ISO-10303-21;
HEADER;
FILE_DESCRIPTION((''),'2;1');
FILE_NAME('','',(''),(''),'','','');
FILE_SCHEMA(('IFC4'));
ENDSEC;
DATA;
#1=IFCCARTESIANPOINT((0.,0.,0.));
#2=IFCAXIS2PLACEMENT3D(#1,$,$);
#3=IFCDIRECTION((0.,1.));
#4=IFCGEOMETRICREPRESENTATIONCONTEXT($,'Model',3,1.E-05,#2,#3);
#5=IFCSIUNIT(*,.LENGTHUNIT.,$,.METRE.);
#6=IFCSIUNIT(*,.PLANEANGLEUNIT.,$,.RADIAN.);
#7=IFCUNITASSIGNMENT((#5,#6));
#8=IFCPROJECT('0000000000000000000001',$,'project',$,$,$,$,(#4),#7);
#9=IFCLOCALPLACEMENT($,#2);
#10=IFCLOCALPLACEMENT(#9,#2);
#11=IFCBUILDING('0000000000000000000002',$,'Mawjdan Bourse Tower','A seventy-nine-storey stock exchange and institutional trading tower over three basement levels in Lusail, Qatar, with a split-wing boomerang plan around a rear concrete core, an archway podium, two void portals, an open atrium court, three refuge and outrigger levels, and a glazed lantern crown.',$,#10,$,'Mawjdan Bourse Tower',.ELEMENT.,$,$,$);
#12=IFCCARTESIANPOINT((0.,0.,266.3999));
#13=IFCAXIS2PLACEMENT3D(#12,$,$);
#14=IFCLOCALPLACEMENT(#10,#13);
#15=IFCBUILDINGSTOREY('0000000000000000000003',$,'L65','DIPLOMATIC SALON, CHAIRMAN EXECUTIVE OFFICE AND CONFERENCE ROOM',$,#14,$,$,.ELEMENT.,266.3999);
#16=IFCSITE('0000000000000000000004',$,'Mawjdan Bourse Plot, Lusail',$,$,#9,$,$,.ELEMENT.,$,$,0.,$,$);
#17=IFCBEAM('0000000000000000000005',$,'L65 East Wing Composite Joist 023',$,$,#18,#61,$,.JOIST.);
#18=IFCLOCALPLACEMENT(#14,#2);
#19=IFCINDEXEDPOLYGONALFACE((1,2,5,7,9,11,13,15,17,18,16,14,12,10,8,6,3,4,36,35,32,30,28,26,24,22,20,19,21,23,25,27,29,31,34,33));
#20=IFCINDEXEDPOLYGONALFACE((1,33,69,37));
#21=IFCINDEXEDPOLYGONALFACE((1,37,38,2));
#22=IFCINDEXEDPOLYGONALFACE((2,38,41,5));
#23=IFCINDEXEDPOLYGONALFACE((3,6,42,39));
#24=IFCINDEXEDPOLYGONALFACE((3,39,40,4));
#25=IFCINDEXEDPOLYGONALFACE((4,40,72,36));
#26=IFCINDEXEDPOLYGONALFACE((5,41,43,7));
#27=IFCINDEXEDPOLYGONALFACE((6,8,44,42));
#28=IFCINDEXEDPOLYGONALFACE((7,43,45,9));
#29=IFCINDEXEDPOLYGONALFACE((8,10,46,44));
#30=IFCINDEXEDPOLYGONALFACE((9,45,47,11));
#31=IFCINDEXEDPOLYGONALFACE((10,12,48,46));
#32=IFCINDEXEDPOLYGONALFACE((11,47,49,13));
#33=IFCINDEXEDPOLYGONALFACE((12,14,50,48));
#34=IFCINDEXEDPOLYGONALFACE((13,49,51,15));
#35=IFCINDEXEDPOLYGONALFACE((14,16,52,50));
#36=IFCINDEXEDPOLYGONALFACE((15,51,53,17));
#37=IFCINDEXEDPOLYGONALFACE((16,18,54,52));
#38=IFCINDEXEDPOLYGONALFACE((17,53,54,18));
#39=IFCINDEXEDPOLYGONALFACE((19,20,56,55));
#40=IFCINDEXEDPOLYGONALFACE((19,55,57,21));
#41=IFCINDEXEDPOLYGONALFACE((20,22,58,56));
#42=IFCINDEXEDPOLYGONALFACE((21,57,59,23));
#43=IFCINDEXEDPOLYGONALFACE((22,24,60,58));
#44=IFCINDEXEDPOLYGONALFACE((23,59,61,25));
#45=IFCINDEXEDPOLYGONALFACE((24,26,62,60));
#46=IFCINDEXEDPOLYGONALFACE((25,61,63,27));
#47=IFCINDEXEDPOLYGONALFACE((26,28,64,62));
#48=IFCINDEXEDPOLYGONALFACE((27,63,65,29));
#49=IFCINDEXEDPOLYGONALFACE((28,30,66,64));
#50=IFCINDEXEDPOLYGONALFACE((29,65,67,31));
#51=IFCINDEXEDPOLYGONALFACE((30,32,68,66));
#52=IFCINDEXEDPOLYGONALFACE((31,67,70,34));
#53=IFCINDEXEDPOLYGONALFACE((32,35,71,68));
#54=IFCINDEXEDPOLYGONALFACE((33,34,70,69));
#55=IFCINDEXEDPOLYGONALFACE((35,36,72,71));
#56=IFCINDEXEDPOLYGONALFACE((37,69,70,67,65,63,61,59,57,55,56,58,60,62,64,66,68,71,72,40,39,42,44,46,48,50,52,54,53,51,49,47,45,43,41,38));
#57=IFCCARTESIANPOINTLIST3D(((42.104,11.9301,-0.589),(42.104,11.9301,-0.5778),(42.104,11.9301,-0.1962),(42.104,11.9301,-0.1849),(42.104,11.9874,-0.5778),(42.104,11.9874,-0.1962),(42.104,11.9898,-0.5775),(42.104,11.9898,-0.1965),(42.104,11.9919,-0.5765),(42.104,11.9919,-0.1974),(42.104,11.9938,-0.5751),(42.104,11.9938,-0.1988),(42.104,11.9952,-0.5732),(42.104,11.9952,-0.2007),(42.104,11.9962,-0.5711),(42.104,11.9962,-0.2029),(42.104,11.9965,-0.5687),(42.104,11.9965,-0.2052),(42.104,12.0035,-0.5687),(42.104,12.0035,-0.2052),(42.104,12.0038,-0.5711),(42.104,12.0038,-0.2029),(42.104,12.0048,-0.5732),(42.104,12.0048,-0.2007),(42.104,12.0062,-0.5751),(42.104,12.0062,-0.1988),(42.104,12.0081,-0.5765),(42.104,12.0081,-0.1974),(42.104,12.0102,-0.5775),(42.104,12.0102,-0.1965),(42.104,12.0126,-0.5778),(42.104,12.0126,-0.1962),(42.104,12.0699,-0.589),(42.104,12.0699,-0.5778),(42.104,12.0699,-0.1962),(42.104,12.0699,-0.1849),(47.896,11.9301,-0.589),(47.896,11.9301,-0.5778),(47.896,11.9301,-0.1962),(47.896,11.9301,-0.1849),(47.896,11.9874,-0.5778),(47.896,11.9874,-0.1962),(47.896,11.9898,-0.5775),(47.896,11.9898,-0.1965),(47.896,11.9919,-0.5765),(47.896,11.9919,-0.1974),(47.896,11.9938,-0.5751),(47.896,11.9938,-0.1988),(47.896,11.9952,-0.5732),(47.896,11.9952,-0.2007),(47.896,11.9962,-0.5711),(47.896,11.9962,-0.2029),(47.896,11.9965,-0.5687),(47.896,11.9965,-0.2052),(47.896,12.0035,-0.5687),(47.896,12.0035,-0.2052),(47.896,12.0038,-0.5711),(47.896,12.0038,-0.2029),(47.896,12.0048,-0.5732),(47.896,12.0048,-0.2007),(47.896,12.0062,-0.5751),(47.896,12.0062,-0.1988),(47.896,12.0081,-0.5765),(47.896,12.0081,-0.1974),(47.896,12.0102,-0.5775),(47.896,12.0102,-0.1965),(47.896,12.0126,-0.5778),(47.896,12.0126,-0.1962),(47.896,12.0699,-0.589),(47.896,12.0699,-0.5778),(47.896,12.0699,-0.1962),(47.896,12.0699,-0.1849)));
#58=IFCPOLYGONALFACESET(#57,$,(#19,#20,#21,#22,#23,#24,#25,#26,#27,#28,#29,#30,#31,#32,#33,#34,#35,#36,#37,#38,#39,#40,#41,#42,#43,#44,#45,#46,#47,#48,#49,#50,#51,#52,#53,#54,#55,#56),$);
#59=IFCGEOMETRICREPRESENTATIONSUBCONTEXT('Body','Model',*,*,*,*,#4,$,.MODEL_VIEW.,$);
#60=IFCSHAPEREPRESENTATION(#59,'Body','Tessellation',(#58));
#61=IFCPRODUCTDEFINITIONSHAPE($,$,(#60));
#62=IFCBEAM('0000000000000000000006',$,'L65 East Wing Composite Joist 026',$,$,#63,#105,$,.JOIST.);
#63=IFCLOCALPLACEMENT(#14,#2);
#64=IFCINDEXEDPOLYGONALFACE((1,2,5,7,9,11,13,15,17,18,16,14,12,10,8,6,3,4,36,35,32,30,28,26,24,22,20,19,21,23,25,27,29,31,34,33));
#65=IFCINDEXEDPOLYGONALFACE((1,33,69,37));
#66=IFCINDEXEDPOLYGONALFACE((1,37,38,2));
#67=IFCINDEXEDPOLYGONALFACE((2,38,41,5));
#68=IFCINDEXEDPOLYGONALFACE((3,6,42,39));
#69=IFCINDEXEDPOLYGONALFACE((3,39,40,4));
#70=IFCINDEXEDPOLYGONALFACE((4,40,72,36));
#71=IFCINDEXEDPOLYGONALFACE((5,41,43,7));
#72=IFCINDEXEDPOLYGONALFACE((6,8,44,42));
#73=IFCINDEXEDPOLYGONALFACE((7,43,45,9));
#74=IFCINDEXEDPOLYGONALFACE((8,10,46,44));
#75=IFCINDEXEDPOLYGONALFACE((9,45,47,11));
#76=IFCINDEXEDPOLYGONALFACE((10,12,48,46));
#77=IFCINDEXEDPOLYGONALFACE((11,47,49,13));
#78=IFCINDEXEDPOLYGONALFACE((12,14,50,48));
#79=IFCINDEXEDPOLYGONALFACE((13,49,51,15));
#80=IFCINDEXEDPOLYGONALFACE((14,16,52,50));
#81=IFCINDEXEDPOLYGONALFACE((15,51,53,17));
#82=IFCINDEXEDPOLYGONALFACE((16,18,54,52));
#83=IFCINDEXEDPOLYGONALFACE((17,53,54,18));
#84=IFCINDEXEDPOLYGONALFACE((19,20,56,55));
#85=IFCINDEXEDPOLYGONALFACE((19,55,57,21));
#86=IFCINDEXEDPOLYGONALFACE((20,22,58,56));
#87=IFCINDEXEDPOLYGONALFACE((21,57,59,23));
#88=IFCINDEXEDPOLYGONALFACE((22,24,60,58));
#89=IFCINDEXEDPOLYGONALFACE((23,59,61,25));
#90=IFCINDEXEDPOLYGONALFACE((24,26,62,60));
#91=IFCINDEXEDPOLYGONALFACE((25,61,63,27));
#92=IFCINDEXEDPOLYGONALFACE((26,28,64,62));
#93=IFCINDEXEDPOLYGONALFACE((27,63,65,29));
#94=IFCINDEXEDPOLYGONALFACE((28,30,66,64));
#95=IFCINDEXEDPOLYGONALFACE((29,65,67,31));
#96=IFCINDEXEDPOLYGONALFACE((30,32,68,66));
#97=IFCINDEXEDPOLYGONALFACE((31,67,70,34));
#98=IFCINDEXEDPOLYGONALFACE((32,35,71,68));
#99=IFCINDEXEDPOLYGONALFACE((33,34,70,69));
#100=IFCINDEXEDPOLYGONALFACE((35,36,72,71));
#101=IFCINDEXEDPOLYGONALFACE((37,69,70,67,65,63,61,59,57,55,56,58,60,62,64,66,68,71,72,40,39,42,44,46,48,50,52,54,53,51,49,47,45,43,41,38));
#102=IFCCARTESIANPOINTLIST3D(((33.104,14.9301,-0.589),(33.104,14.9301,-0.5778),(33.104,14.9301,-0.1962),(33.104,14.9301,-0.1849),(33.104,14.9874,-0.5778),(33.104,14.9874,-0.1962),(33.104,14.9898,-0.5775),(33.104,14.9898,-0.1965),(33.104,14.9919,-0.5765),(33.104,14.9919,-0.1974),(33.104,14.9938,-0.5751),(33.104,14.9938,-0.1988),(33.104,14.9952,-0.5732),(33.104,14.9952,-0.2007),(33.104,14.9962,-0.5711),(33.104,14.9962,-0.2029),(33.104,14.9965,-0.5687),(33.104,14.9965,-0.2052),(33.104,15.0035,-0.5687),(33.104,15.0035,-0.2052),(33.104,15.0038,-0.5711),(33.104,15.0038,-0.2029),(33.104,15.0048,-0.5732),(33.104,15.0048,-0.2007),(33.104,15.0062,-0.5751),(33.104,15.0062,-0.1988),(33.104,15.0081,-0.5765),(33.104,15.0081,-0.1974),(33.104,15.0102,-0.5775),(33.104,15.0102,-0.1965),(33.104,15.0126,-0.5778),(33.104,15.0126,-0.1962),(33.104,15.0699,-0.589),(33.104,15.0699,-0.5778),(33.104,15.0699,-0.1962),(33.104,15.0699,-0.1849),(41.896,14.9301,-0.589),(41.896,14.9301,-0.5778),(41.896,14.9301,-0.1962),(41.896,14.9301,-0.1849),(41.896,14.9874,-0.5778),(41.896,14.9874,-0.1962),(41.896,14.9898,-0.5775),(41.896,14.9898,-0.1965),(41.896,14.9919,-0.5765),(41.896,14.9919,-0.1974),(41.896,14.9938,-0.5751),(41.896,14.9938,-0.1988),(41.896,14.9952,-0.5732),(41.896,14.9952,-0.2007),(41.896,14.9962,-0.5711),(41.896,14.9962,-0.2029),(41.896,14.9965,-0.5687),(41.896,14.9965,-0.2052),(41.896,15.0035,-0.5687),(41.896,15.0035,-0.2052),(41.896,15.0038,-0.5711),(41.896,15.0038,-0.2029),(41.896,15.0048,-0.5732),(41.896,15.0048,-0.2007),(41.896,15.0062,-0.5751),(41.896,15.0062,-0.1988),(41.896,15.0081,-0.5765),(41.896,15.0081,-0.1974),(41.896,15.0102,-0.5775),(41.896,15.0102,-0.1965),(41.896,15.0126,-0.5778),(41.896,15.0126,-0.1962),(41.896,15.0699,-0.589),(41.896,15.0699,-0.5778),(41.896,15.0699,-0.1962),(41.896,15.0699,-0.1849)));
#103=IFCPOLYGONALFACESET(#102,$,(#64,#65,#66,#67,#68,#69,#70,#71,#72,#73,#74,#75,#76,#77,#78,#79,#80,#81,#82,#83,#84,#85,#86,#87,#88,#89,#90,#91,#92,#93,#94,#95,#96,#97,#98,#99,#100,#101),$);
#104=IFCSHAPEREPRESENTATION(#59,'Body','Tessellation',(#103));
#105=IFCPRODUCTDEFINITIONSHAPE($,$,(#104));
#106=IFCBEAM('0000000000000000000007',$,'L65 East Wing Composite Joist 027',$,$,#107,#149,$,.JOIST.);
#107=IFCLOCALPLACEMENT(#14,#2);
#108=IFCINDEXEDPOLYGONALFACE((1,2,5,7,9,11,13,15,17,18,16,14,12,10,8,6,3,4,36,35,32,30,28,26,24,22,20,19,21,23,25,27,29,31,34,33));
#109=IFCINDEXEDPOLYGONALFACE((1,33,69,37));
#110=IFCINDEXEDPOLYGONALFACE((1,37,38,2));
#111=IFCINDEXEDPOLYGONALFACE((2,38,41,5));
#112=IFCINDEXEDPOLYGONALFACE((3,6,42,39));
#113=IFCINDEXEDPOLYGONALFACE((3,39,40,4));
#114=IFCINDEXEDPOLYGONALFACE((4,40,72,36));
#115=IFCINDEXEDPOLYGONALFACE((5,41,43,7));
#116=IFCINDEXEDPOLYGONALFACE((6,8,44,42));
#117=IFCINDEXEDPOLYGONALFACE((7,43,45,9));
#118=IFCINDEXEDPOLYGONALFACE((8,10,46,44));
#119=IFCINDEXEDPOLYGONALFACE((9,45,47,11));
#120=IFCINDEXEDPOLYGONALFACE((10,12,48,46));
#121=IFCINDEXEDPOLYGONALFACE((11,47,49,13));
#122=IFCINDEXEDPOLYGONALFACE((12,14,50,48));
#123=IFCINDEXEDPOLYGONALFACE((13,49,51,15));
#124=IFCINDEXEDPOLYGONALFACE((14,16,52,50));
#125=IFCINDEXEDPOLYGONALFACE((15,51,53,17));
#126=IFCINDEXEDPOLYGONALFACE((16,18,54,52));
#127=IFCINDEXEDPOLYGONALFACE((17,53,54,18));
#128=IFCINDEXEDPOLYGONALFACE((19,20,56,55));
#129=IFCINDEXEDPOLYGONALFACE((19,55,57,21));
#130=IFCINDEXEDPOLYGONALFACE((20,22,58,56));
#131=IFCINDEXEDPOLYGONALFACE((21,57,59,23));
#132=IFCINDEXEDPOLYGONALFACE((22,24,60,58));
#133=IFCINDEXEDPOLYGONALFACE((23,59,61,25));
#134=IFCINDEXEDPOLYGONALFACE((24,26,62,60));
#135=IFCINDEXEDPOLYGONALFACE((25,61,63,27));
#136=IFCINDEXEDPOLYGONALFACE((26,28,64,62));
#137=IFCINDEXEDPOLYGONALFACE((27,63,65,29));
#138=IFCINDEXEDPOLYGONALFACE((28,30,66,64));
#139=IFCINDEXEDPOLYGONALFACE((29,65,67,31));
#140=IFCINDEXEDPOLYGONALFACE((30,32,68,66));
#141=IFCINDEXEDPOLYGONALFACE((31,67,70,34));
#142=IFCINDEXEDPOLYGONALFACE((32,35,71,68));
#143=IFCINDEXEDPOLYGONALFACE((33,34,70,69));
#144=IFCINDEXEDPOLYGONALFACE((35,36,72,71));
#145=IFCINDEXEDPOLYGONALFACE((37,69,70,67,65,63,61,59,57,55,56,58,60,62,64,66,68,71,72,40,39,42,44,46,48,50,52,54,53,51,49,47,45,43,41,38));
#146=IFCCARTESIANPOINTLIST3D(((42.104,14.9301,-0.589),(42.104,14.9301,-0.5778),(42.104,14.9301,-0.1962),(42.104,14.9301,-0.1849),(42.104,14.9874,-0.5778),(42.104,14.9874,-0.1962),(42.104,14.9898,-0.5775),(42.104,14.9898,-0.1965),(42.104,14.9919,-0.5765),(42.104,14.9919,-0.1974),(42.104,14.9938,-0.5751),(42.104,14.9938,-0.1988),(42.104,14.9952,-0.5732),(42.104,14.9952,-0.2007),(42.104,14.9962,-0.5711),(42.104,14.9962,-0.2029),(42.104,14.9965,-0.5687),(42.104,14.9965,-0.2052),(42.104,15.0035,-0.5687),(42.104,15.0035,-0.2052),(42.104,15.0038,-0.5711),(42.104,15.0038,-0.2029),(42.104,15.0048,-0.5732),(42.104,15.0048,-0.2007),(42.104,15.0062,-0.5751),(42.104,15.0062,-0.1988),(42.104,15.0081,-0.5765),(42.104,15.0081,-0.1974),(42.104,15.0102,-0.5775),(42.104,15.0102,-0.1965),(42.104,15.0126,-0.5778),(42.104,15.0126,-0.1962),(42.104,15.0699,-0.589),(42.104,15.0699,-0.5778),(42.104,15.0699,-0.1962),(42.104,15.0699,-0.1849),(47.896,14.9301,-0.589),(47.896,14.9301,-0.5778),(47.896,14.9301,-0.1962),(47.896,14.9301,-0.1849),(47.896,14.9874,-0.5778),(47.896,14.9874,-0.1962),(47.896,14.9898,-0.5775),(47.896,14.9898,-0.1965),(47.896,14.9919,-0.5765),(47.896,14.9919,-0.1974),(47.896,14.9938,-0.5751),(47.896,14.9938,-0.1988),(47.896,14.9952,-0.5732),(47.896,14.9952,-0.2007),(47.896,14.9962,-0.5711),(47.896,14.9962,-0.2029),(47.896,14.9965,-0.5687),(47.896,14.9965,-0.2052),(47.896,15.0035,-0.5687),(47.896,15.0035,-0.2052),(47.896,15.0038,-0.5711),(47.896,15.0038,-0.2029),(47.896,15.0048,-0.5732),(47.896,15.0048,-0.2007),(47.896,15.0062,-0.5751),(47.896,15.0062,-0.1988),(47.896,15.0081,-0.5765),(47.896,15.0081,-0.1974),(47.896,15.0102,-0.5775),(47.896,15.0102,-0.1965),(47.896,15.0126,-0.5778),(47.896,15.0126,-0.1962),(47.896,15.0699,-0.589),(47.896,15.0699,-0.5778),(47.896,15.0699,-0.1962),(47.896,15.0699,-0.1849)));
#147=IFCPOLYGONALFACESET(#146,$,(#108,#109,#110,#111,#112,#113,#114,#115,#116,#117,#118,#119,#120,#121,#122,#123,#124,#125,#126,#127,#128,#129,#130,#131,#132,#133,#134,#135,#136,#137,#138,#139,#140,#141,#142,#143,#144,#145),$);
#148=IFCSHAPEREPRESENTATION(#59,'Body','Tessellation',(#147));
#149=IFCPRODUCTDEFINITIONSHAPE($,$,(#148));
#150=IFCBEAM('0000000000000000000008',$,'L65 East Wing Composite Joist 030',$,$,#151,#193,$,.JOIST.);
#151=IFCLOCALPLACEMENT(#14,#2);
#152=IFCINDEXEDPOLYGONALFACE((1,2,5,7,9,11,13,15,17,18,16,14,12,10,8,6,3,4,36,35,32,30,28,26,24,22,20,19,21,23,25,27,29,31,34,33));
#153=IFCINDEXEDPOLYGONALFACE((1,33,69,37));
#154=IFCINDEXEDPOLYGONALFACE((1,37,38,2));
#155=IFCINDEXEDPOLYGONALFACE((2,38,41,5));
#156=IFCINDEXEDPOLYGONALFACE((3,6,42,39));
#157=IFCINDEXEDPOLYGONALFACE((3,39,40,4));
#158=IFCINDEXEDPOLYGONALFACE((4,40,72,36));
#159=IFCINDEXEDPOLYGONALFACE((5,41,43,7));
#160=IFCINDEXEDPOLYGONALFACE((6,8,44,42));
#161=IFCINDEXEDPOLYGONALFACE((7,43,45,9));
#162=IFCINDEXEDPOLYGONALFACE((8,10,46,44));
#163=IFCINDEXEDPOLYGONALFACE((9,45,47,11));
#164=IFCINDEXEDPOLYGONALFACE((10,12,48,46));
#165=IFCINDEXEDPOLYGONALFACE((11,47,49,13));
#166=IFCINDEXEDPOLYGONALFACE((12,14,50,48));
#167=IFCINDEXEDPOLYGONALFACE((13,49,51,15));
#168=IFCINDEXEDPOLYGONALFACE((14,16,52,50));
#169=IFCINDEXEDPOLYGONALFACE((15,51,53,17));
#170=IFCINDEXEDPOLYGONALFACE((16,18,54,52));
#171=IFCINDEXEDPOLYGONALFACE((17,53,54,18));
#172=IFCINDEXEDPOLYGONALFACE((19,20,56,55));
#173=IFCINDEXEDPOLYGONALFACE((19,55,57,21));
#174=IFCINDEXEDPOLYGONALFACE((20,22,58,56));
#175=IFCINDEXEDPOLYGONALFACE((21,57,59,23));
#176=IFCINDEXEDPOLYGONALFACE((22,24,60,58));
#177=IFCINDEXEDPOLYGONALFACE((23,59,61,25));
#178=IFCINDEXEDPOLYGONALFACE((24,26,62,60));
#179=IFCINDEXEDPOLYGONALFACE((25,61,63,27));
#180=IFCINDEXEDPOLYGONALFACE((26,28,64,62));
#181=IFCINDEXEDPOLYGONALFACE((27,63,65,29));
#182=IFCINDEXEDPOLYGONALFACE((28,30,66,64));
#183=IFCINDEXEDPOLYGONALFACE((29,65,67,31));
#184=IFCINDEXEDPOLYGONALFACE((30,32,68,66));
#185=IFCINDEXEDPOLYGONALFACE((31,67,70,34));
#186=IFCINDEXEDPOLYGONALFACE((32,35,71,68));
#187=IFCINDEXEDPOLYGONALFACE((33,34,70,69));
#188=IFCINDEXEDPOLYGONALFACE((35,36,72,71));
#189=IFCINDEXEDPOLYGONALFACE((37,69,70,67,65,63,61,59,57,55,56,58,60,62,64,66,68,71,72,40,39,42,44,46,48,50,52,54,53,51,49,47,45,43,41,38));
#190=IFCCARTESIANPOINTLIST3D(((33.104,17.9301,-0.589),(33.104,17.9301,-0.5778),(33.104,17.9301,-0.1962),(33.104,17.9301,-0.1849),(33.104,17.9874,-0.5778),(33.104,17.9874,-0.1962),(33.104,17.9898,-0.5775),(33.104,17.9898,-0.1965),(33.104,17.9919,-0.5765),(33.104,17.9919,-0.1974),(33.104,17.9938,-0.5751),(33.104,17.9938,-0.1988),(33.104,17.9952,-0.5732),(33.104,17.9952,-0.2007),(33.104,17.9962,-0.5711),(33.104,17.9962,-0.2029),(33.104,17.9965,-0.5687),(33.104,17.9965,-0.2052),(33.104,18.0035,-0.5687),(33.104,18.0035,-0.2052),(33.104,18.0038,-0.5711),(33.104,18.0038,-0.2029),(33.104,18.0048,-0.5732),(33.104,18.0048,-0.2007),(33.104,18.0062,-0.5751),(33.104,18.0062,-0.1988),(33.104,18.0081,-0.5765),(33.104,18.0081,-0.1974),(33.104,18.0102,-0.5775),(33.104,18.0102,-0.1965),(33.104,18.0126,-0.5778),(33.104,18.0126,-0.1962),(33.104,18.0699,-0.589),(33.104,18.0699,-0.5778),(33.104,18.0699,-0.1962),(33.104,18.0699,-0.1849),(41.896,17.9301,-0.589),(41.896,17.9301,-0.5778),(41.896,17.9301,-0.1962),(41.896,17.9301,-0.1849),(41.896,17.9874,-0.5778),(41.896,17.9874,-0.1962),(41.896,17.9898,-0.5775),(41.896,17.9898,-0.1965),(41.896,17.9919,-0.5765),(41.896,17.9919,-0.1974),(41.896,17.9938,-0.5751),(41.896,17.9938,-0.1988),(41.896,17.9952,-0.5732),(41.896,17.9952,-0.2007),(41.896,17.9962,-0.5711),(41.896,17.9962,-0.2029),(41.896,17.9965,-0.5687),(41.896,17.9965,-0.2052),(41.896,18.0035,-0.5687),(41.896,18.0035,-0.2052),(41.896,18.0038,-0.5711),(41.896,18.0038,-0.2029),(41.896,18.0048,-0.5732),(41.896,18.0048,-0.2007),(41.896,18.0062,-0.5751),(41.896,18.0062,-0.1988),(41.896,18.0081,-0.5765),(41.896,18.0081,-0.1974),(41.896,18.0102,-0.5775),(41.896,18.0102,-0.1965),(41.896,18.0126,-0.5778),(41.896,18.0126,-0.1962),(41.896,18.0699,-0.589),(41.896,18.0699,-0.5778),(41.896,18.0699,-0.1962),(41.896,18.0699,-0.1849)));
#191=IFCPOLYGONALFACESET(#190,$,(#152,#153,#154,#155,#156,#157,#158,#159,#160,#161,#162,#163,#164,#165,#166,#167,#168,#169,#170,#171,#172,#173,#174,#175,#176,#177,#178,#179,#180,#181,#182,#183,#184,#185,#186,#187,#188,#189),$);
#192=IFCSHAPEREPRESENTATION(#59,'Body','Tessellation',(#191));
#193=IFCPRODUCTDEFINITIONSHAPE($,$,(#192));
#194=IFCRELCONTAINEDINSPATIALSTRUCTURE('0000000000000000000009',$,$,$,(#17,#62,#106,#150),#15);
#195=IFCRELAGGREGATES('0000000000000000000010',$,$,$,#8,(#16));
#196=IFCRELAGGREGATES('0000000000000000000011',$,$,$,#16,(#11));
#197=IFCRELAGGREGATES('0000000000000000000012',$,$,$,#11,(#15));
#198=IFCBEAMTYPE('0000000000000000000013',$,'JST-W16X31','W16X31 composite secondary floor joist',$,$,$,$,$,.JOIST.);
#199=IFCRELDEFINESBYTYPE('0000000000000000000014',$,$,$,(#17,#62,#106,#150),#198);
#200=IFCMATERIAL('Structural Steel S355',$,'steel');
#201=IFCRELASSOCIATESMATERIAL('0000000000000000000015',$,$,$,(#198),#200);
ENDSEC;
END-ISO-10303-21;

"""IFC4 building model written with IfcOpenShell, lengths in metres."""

from ifc_helpers import new_model, si_unit, direction, frame, origin, origin_2d, place, context, subcontext, project, spatial, i_section, extrude, material, material_profile, profile_set, type_object, element, save


model = new_model("IFC4")

# Units and contexts
model_context = context("Model", 3, precision=1e-05, world=origin(), true_north=direction((0.0, 1.0)))
body_context = subcontext(model_context, "Body", "Model", "MODEL_VIEW")
ifc_project = project(units=[si_unit("LENGTHUNIT", "METRE"), si_unit("PLANEANGLEUNIT", "RADIAN")], contexts=[model_context])

# Site, building, storey
site_placement = place(None, origin())
site = spatial("IfcSite", under=ifc_project, at=site_placement, Name="Mawjdan Bourse Plot, Lusail", CompositionType="ELEMENT", RefElevation=0.0)
building_placement = place(site_placement, origin())
building = spatial("IfcBuilding", under=site, at=building_placement, Name="Mawjdan Bourse Tower", Description="A seventy-nine-storey stock exchange and institutional trading tower over three basement levels in Lusail, Qatar, with a split-wing boomerang plan around a rear concrete core, an archway podium, two void portals, an open atrium court, three refuge and outrigger levels, and a glazed lantern crown.", LongName="Mawjdan Bourse Tower", CompositionType="ELEMENT")
storey_placement = place(building_placement, frame((0.0, 0.0, 266.3999)))
storey = spatial("IfcBuildingStorey", under=building, at=storey_placement, Name="L65", Description="DIPLOMATIC SALON, CHAIRMAN EXECUTIVE OFFICE AND CONFERENCE ROOM", CompositionType="ELEMENT", Elevation=266.3999)

# Beams
ifc_material_1 = material(Name="Structural Steel S355", Category="steel")
ifc_material_profile_1 = material_profile(ifc_material_1, i_section(OverallWidth=0.1399, OverallDepth=0.4041, WebThickness=0.0071, FlangeThickness=0.0112, FilletRadius=0.009, at=origin_2d()), Name="W16X31")
ifc_profile_set_1 = profile_set([ifc_material_profile_1], Name="Structural Steel S355")
beam_type_1 = type_object("IfcBeamType", Name="JST-W16X31", Description="W16X31 composite secondary floor joist", PredefinedType="JOIST", material=ifc_profile_set_1)
for number, where, z_axis, x_axis, name in (
    (1, (42.104, 12.0, -0.387), (1.0, 0.0, 0.0), (0.0, 1.0, 0.0), "L65 East Wing Composite Joist 023"),
):
    element("IfcBeam", number, at=place(storey_placement, frame(where, z_axis=z_axis, x_axis=x_axis)), inside=storey, type_object=beam_type_1, Name=name, PredefinedType="JOIST", context=body_context, shape_type="SweptSolid", body=[
        extrude(i_section(OverallWidth=0.1399, OverallDepth=0.4041, WebThickness=0.0071, FlangeThickness=0.0112, FilletRadius=0.009, at=origin_2d()), origin(), (0.0, 0.0, 1.0), 5.792),
    ])
beam_1_placement = place(storey_placement, frame((33.104, 15.0, -0.387), z_axis=(1.0, 0.0, 0.0), x_axis=(0.0, 1.0, 0.0)))
element("IfcBeam", 2, at=beam_1_placement, inside=storey, type_object=beam_type_1, Name="L65 East Wing Composite Joist 026", PredefinedType="JOIST", context=body_context, shape_type="SweptSolid", body=[
    extrude(i_section(OverallWidth=0.1399, OverallDepth=0.4041, WebThickness=0.0071, FlangeThickness=0.0112, FilletRadius=0.009, at=origin_2d()), origin(), (0.0, 0.0, 1.0), 8.792),
])
beam_2_placement = place(storey_placement, frame((42.104, 15.0, -0.387), z_axis=(1.0, 0.0, 0.0), x_axis=(0.0, 1.0, 0.0)))
element("IfcBeam", 3, at=beam_2_placement, inside=storey, type_object=beam_type_1, Name="L65 East Wing Composite Joist 027", PredefinedType="JOIST", context=body_context, shape_type="SweptSolid", body=[
    extrude(i_section(OverallWidth=0.1399, OverallDepth=0.4041, WebThickness=0.0071, FlangeThickness=0.0112, FilletRadius=0.009, at=origin_2d()), origin(), (0.0, 0.0, 1.0), 5.792),
])
beam_3_placement = place(storey_placement, frame((33.104, 18.0, -0.387), z_axis=(1.0, 0.0, 0.0), x_axis=(0.0, 1.0, 0.0)))
element("IfcBeam", 4, at=beam_3_placement, inside=storey, type_object=beam_type_1, Name="L65 East Wing Composite Joist 030", PredefinedType="JOIST", context=body_context, shape_type="SweptSolid", body=[
    extrude(i_section(OverallWidth=0.1399, OverallDepth=0.4041, WebThickness=0.0071, FlangeThickness=0.0112, FilletRadius=0.009, at=origin_2d()), origin(), (0.0, 0.0, 1.0), 8.792),
])

save(model, "model.ifc")
